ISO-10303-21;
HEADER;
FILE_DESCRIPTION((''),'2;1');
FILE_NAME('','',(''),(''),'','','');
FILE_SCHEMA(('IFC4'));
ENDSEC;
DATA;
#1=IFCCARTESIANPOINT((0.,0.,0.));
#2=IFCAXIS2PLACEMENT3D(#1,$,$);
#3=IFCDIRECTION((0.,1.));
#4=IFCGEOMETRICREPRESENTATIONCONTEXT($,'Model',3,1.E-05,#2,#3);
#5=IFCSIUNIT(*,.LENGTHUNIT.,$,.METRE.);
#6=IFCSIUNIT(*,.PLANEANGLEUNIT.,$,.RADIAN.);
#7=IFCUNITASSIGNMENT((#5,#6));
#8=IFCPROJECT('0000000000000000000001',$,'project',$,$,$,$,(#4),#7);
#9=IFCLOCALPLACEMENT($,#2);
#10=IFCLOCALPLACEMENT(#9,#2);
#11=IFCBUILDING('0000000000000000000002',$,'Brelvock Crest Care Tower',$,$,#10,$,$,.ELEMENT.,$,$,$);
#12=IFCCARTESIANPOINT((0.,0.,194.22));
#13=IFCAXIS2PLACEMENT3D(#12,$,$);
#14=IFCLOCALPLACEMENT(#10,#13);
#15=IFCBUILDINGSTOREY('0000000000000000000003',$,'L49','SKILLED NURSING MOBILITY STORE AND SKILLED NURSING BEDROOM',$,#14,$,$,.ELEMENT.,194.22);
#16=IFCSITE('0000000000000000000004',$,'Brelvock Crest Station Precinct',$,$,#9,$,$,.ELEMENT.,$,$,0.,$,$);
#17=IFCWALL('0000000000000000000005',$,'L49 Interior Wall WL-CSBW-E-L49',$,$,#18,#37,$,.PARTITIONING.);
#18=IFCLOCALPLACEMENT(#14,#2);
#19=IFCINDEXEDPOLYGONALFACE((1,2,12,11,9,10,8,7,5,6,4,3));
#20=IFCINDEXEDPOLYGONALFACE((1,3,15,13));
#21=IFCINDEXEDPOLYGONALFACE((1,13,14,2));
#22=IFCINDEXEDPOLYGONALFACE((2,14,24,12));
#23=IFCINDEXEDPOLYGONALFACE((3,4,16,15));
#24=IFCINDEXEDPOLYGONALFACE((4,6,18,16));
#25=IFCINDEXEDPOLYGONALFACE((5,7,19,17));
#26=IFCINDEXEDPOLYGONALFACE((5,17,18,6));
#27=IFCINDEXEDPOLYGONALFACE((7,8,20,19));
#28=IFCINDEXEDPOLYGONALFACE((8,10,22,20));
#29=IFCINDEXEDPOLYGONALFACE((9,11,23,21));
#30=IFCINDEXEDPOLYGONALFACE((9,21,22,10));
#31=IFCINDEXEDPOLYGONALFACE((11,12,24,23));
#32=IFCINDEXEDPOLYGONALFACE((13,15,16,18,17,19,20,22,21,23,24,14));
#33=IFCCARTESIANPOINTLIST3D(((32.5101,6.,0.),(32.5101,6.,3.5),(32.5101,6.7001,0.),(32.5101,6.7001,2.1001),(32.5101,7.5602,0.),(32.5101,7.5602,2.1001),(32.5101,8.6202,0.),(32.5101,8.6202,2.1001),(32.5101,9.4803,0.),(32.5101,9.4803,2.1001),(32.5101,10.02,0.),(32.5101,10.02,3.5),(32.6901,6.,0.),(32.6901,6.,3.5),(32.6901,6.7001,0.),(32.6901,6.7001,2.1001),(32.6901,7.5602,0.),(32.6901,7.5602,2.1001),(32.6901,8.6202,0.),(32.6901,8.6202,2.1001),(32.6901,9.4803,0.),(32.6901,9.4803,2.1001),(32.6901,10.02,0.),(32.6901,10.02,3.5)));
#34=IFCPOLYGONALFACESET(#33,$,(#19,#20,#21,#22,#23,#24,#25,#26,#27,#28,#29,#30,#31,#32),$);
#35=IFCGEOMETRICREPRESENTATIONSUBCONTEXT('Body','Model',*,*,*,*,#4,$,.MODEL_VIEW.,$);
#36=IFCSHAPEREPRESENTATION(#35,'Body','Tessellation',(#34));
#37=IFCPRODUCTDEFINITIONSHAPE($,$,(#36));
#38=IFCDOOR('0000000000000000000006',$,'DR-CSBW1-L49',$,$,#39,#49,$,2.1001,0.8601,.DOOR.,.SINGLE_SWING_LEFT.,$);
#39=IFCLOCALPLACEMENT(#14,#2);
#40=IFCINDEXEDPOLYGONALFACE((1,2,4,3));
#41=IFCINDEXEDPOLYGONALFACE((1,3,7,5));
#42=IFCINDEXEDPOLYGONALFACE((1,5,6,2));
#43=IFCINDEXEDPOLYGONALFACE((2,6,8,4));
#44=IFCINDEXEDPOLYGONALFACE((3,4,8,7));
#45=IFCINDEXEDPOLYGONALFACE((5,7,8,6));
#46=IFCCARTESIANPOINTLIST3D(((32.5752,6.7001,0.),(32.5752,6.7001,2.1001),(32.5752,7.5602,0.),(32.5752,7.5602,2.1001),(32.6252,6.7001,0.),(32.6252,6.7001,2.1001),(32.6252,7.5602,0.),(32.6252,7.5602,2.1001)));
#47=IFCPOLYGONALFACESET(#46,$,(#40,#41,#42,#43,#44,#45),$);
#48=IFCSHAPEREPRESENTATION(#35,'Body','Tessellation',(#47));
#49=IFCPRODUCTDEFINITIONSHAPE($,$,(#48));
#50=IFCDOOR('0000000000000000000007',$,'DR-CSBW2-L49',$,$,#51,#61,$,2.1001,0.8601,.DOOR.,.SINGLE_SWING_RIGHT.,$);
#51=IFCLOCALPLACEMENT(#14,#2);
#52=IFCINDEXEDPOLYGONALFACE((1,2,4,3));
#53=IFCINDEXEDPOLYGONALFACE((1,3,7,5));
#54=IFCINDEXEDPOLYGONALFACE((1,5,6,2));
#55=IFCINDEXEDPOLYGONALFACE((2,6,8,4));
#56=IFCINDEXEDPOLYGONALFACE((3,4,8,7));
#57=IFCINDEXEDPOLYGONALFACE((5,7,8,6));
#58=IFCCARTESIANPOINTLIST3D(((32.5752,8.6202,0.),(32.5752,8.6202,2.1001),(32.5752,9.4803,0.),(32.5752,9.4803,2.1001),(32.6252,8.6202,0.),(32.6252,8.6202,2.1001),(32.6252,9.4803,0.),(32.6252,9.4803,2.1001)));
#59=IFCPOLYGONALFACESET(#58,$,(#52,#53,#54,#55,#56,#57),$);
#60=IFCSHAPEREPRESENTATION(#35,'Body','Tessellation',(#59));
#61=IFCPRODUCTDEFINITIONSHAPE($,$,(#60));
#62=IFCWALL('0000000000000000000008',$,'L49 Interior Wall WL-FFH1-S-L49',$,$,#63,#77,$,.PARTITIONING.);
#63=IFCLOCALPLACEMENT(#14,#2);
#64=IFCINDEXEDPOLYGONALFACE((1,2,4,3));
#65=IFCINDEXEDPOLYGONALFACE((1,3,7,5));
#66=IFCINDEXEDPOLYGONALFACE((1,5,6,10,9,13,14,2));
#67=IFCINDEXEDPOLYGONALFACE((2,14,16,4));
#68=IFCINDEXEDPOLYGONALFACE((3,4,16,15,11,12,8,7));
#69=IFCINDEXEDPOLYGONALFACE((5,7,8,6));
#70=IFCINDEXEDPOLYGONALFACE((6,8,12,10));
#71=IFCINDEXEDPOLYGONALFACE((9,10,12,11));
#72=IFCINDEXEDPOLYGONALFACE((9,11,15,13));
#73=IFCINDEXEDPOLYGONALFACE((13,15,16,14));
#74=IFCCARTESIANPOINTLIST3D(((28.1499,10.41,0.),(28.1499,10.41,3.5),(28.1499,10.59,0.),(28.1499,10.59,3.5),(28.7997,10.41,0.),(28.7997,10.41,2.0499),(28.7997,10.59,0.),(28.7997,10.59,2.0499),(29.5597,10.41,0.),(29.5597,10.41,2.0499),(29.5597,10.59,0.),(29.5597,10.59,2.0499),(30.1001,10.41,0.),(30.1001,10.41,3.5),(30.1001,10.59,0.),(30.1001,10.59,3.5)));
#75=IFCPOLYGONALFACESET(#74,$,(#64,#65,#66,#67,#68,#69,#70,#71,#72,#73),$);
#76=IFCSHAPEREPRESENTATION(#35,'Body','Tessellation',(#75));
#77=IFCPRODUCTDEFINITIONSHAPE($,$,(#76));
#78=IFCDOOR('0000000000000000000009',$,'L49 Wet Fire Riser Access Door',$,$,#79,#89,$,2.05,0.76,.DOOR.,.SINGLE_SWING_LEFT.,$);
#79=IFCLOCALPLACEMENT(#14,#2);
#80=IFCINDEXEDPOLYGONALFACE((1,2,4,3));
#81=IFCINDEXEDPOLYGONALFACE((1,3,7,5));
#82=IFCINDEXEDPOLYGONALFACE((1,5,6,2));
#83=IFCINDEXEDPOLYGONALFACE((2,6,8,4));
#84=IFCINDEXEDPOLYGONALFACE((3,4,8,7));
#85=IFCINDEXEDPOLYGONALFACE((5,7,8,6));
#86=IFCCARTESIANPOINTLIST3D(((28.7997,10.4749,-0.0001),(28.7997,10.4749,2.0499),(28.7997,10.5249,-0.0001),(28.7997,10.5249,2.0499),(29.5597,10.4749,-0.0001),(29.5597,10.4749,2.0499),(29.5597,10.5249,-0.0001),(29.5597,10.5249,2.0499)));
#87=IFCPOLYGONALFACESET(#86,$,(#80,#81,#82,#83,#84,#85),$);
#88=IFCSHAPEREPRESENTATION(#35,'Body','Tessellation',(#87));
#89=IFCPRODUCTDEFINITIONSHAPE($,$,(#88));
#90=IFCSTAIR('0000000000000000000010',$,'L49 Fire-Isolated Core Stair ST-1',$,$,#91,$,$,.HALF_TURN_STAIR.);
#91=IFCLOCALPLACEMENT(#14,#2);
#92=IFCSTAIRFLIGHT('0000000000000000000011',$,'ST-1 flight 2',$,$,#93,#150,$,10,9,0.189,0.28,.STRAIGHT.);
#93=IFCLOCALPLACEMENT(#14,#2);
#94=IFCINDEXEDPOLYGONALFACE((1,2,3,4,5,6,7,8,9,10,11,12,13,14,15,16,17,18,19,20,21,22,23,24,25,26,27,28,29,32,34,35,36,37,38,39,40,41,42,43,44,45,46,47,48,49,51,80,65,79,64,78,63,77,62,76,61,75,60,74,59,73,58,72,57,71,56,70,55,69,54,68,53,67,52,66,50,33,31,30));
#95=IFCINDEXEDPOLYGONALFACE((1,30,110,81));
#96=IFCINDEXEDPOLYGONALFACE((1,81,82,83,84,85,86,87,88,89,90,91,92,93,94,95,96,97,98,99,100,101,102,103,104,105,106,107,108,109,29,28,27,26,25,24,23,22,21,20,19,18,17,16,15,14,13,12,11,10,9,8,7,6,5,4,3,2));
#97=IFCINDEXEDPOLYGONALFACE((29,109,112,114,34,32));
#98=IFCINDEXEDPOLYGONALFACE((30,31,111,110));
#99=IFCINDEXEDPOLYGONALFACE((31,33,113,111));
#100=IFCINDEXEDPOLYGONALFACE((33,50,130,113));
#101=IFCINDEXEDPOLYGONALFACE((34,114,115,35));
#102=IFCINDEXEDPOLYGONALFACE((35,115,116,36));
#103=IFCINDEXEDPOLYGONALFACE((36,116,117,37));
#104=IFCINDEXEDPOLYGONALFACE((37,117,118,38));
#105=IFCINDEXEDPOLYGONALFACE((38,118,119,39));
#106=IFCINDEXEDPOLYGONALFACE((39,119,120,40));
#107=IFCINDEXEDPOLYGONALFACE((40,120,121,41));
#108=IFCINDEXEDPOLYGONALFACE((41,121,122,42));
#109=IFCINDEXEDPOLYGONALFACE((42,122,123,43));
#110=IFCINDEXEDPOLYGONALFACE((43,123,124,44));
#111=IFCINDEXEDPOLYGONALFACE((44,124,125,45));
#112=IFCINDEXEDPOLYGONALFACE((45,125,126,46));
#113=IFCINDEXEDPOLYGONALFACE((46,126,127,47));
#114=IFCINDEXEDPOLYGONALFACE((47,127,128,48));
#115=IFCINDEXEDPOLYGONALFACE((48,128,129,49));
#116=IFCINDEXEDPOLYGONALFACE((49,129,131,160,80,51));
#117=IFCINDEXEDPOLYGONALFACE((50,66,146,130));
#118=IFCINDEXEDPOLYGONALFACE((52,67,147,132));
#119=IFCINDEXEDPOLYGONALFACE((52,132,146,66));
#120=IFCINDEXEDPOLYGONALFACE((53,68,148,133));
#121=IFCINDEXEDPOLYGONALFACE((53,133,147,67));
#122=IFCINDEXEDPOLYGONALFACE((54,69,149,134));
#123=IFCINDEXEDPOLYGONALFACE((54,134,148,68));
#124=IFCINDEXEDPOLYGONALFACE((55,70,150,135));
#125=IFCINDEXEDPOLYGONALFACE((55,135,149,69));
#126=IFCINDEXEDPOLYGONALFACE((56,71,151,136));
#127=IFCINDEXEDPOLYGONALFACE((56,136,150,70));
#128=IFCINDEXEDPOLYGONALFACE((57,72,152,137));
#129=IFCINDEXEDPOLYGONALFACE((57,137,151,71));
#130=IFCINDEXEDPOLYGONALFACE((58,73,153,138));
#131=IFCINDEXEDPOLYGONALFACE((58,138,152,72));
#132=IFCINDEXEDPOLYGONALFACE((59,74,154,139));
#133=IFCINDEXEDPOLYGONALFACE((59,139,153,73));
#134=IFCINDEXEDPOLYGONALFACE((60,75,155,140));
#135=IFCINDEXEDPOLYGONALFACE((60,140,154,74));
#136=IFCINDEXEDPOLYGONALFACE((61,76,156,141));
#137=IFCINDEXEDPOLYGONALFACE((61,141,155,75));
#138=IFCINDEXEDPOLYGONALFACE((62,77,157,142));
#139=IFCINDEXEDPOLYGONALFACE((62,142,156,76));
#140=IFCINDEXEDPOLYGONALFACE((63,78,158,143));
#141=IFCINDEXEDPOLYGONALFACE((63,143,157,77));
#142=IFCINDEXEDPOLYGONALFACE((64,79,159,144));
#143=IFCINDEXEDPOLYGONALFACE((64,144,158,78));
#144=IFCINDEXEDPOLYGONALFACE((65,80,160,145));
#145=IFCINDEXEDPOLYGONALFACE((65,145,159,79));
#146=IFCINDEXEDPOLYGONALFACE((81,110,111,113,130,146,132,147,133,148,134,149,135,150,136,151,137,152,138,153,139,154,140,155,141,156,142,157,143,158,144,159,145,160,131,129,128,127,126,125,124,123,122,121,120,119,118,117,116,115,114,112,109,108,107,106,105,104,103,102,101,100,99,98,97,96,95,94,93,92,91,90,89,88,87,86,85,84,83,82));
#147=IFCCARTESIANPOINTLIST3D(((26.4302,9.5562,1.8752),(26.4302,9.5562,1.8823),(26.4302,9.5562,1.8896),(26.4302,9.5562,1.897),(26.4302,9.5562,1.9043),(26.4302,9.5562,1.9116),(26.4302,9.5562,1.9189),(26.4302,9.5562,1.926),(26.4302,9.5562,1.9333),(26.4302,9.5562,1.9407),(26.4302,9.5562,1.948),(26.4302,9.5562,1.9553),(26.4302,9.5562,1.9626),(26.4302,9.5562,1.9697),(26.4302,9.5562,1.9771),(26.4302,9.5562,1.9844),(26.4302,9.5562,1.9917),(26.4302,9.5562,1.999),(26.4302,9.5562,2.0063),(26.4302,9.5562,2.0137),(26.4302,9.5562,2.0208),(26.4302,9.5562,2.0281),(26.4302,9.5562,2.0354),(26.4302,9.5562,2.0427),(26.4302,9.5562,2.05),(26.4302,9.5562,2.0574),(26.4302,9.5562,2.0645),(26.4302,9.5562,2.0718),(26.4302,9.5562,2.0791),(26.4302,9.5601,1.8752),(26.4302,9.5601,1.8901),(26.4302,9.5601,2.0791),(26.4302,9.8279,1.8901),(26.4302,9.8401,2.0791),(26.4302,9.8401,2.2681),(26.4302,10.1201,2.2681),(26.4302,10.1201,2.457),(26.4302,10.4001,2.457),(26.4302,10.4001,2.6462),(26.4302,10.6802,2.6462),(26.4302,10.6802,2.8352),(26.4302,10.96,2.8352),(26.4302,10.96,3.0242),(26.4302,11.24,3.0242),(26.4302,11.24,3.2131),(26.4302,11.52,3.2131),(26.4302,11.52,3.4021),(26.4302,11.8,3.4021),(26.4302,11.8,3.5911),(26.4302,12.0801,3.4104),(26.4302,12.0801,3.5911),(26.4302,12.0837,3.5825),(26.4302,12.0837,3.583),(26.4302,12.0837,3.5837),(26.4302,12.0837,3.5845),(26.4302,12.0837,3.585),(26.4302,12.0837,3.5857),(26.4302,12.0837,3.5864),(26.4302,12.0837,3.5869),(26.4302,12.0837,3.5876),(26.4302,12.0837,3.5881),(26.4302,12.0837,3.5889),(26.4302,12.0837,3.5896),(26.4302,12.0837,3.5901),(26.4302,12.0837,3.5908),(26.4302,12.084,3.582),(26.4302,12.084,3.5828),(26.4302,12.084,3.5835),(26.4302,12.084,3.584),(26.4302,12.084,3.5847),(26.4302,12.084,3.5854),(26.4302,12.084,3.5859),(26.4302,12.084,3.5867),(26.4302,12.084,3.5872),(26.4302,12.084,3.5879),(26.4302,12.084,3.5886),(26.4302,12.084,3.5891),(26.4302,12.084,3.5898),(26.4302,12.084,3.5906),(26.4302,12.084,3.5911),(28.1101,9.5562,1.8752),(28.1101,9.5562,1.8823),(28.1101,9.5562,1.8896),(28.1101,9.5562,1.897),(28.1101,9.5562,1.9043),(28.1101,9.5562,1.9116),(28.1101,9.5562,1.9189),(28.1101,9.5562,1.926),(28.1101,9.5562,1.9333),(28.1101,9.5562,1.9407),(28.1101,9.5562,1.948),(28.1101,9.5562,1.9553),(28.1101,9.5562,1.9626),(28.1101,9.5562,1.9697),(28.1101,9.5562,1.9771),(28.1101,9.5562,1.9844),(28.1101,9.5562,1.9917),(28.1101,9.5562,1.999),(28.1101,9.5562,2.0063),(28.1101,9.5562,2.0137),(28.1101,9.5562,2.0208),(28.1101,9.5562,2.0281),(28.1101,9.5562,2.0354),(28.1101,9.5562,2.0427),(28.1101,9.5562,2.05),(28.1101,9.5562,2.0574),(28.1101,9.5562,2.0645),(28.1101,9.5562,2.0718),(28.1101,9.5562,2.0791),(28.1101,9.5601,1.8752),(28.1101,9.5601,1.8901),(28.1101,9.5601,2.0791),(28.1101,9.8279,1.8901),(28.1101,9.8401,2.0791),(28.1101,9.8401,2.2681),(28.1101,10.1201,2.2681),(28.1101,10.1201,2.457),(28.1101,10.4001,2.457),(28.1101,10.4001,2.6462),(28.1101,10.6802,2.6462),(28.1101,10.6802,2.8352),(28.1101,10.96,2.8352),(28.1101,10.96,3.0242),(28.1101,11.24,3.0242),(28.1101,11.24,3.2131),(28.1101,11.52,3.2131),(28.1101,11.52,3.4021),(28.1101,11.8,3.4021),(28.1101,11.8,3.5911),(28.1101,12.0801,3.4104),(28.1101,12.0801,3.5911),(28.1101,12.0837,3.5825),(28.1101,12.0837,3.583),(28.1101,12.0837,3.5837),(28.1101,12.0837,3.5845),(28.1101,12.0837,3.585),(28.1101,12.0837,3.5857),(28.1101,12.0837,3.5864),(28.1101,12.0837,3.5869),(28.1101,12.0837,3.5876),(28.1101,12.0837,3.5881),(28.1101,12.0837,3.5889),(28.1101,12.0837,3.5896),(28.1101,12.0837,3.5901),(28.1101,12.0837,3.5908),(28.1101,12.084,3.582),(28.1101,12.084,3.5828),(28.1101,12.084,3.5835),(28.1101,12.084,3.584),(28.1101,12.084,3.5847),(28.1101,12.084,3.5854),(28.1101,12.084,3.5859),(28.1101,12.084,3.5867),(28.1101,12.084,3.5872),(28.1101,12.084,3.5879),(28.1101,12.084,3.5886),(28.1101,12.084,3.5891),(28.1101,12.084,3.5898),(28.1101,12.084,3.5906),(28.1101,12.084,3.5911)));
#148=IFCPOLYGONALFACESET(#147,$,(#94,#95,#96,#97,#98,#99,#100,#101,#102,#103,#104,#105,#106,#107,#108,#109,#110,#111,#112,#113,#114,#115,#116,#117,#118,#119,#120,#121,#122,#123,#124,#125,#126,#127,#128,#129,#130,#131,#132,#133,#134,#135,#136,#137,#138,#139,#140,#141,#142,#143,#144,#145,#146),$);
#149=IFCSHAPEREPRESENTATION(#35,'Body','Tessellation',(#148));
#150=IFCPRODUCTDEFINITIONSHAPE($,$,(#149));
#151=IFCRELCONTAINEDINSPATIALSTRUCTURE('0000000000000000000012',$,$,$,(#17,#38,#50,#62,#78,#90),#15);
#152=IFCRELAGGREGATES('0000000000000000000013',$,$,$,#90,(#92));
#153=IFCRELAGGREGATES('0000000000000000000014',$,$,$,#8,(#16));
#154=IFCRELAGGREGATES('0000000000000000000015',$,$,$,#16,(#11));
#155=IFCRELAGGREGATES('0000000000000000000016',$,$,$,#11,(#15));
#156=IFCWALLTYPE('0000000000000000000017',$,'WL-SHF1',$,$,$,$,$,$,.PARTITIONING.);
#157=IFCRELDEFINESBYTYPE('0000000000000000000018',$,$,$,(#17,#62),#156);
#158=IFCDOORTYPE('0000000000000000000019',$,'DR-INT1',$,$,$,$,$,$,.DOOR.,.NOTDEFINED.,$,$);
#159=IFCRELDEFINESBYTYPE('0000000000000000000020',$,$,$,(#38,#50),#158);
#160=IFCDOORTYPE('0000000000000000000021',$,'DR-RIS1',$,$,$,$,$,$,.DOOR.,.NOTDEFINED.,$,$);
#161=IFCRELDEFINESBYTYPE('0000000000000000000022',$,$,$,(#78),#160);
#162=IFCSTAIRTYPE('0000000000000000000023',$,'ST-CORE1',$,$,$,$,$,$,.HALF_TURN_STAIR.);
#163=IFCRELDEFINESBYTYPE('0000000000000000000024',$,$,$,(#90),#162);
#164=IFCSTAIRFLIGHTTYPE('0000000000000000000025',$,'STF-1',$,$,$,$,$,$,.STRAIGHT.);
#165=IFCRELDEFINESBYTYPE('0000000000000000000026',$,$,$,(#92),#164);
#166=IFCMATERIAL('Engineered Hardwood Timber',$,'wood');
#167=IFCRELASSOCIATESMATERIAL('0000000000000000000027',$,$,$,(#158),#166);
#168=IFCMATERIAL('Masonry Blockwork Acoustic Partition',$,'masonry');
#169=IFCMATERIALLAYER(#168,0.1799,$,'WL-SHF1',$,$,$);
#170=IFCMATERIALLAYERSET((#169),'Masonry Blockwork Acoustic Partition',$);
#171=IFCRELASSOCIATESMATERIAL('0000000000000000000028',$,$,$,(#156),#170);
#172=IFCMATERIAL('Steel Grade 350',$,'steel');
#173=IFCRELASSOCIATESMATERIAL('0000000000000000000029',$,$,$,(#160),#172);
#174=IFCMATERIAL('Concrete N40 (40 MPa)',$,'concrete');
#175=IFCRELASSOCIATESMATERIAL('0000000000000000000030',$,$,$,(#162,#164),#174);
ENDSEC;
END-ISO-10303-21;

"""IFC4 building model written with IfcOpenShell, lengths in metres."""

from ifc_helpers import new_model, si_unit, direction, frame, frame_2d, origin, origin_2d, place, context, subcontext, project, spatial, polyline, rectangle, outline, extrude, source, transform, mapped, material, layer, layer_set, type_object, element, fill, aggregate, save


model = new_model("IFC4")

# Units and contexts
model_context = context("Model", 3, precision=1e-05, world=origin(), true_north=direction((0.0, 1.0)))
body_context = subcontext(model_context, "Body", "Model", "MODEL_VIEW")
ifc_project = project(units=[si_unit("LENGTHUNIT", "METRE"), si_unit("PLANEANGLEUNIT", "RADIAN")], contexts=[model_context])

# Site, building, storey
site_placement = place(None, origin())
site = spatial("IfcSite", under=ifc_project, at=site_placement, Name="Brelvock Crest Station Precinct", CompositionType="ELEMENT", RefElevation=0.0)
building_placement = place(site_placement, origin())
building = spatial("IfcBuilding", under=site, at=building_placement, Name="Brelvock Crest Care Tower", CompositionType="ELEMENT")
storey_placement = place(building_placement, frame((0.0, 0.0, 194.22)))
storey = spatial("IfcBuildingStorey", under=building, at=storey_placement, Name="L49", Description="SKILLED NURSING MOBILITY STORE AND SKILLED NURSING BEDROOM", CompositionType="ELEMENT", Elevation=194.22)

# Shared definitions
ifc_material_1 = material(Name="Steel Grade 350", Category="steel")

# Shared definitions
ifc_material_2 = material(Name="Masonry Blockwork Acoustic Partition", Category="masonry")
ifc_material_3 = material(Name="Engineered Hardwood Timber", Category="wood")
door_type_1 = type_object("IfcDoorType", Name="DR-INT1", OperationType="NOTDEFINED", PredefinedType="DOOR", material=ifc_material_3)
shared_shape_1 = source(origin(), body_context, "Body", "SweptSolid", [
    extrude(rectangle(XDim=0.8601, YDim=2.1001, at=origin_2d()), frame((0.4302, 0.0249, 1.05), z_axis=(0.0, -1.0, 0.0), x_axis=(1.0, 0.0, 0.0)), (0.0, 0.0, 1.0), 0.05),
])

# Shared definitions
ifc_layer_1 = layer(ifc_material_2, 0.1799, Name="WL-SHF1")
ifc_layer_set_1 = layer_set([ifc_layer_1], Name="Masonry Blockwork Acoustic Partition")
wall_type_1 = type_object("IfcWallType", Name="WL-SHF1", PredefinedType="PARTITIONING", material=ifc_layer_set_1)

# Wall, openings, doors
wall_1_placement = place(storey_placement, frame((32.6001, 6.0, 0.0), z_axis=(0.0, 0.0, 1.0), x_axis=(0.0, 1.0, 0.0)))
wall_1 = element("IfcWall", 1, at=wall_1_placement, inside=storey, type_object=wall_type_1, Name="L49 Interior Wall WL-CSBW-E-L49", PredefinedType="PARTITIONING", context=body_context, shape_type="SweptSolid", body=[
    extrude(rectangle(XDim=4.02, YDim=0.1799, at=frame_2d((2.01, 0.0))), origin(), (0.0, 0.0, 1.0), 3.5),
])
opening_1_placement = place(wall_1_placement, frame((0.7, 0.0, 0.0)))
opening_1 = element("IfcOpeningElement", 2, at=opening_1_placement, cuts=wall_1, PredefinedType="OPENING", context=body_context, shape_type="SweptSolid", body=[
    extrude(rectangle(XDim=0.8601, YDim=2.1001, at=origin_2d()), frame((0.4302, 0.1001, 1.05), z_axis=(0.0, -1.0, 0.0), x_axis=(1.0, 0.0, 0.0)), (0.0, 0.0, 1.0), 0.2),
])
opening_2_placement = place(wall_1_placement, frame((2.6201, 0.0, 0.0)))
opening_2 = element("IfcOpeningElement", 3, at=opening_2_placement, cuts=wall_1, PredefinedType="OPENING", context=body_context, shape_type="SweptSolid", body=[
    extrude(rectangle(XDim=0.8601, YDim=2.1001, at=origin_2d()), frame((0.4302, 0.1001, 1.05), z_axis=(0.0, -1.0, 0.0), x_axis=(1.0, 0.0, 0.0)), (0.0, 0.0, 1.0), 0.2),
])
door_1_placement = place(opening_1_placement, origin())
door_1 = element("IfcDoor", 4, at=door_1_placement, inside=storey, type_object=door_type_1, Name="DR-CSBW1-L49", OperationType="SINGLE_SWING_LEFT", OverallHeight=2.1001, OverallWidth=0.8601, PredefinedType="DOOR", context=body_context, shape_type="MappedRepresentation", body=[
    mapped(shared_shape_1, transform((0.0, 0.0, 0.0), x_axis=(1.0, 0.0, 0.0), y_axis=(0.0, 1.0, 0.0), z_axis=(0.0, 0.0, 1.0), scale=1.0)),
])
fill(opening_1, door_1)
door_2_placement = place(opening_2_placement, origin())
door_2 = element("IfcDoor", 5, at=door_2_placement, inside=storey, type_object=door_type_1, Name="DR-CSBW2-L49", OperationType="SINGLE_SWING_RIGHT", OverallHeight=2.1001, OverallWidth=0.8601, PredefinedType="DOOR", context=body_context, shape_type="MappedRepresentation", body=[
    mapped(shared_shape_1, transform((0.0, 0.0, 0.0), x_axis=(1.0, 0.0, 0.0), y_axis=(0.0, 1.0, 0.0), z_axis=(0.0, 0.0, 1.0), scale=1.0)),
])
fill(opening_2, door_2)

# Wall, opening, door
wall_2_placement = place(storey_placement, frame((28.1499, 10.5, 0.0), z_axis=(0.0, 0.0, 1.0), x_axis=(1.0, 0.0, 0.0)))
wall_2 = element("IfcWall", 6, at=wall_2_placement, inside=storey, type_object=wall_type_1, Name="L49 Interior Wall WL-FFH1-S-L49", PredefinedType="PARTITIONING", context=body_context, shape_type="SweptSolid", body=[
    extrude(rectangle(XDim=1.9502, YDim=0.1799, at=frame_2d((0.9751, 0.0))), origin(), (0.0, 0.0, 1.0), 3.5),
])
opening_3_placement = place(wall_2_placement, frame((0.6499, 0.0, 0.0)))
opening_3 = element("IfcOpeningElement", 7, at=opening_3_placement, cuts=wall_2, PredefinedType="OPENING", context=body_context, shape_type="SweptSolid", body=[
    extrude(rectangle(XDim=0.76, YDim=2.05, at=origin_2d()), frame((0.3799, 0.1001, 1.0249), z_axis=(0.0, -1.0, 0.0), x_axis=(1.0, 0.0, 0.0)), (0.0, 0.0, 1.0), 0.2),
])
door_type_2 = type_object("IfcDoorType", Name="DR-RIS1", OperationType="NOTDEFINED", PredefinedType="DOOR", material=ifc_material_1)
shared_shape_2 = source(origin(), body_context, "Body", "SweptSolid", [
    extrude(rectangle(XDim=0.76, YDim=2.05, at=origin_2d()), frame((0.3799, 0.0249, 1.0249), z_axis=(0.0, -1.0, 0.0), x_axis=(1.0, 0.0, 0.0)), (0.0, 0.0, 1.0), 0.05),
])
door_3_placement = place(opening_3_placement, origin())
door_3 = element("IfcDoor", 8, at=door_3_placement, inside=storey, type_object=door_type_2, Name="L49 Wet Fire Riser Access Door", OperationType="SINGLE_SWING_LEFT", OverallHeight=2.05, OverallWidth=0.76, PredefinedType="DOOR", context=body_context, shape_type="MappedRepresentation", body=[
    mapped(shared_shape_2, transform((0.0, 0.0, 0.0), x_axis=(1.0, 0.0, 0.0), y_axis=(0.0, 1.0, 0.0), z_axis=(0.0, 0.0, 1.0), scale=1.0)),
])
fill(opening_3, door_3)

# Stair, stair flight
ifc_material_4 = material(Name="Concrete N40 (40 MPa)", Category="concrete")
stair_type = type_object("IfcStairType", Name="ST-CORE1", PredefinedType="HALF_TURN_STAIR", material=ifc_material_4)
stair_placement = place(storey_placement, origin())
stair = element("IfcStair", 9, at=stair_placement, inside=storey, type_object=stair_type, Name="L49 Fire-Isolated Core Stair ST-1", PredefinedType="HALF_TURN_STAIR")
stair_flight_type = type_object("IfcStairFlightType", Name="STF-1", PredefinedType="STRAIGHT", material=ifc_material_4)
stair_flight_placement = place(storey_placement, frame((27.27, 9.5601, 1.8901), z_axis=(0.0, 0.0, 1.0), x_axis=(0.0, 1.0, 0.0)))
stair_flight = element("IfcStairFlight", 10, at=stair_flight_placement, type_object=stair_flight_type, Name="ST-1 flight 2", NumberOfRisers=10, NumberOfTreads=9, PredefinedType="STRAIGHT", RiserHeight=0.189, TreadLength=0.28, context=body_context, shape_type="SweptSolid", body=[
    extrude(outline(polyline([(-0.0039, -0.0149), (-0.0039, -0.0078), (-0.0039, -0.0005), (-0.0039, 0.0068), (-0.0039, 0.0142), (-0.0039, 0.0215), (-0.0039, 0.0288), (-0.0039, 0.0359), (-0.0039, 0.0432), (-0.0039, 0.0505), (-0.0039, 0.0579), (-0.0039, 0.0652), (-0.0039, 0.0725), (-0.0039, 0.0796), (-0.0039, 0.0869), (-0.0039, 0.0942), (-0.0039, 0.1016), (-0.0039, 0.1089), (-0.0039, 0.1162), (-0.0039, 0.1235), (-0.0039, 0.1306), (-0.0039, 0.1379), (-0.0039, 0.1453), (-0.0039, 0.1526), (-0.0039, 0.1599), (-0.0039, 0.1672), (-0.0039, 0.1743), (-0.0039, 0.1816), (-0.0039, 0.189), (0.0, 0.189), (0.28, 0.189), (0.28, 0.3779), (0.5601, 0.3779), (0.5601, 0.5669), (0.8401, 0.5669), (0.8401, 0.7561), (1.1201, 0.7561), (1.1201, 0.9451), (1.3999, 0.9451), (1.3999, 1.134), (1.6799, 1.134), (1.6799, 1.323), (1.96, 1.323), (1.96, 1.512), (2.24, 1.512), (2.24, 1.7009), (2.52, 1.7009), (2.5239, 1.7009), (2.5237, 1.7007), (2.5239, 1.7004), (2.5237, 1.7), (2.5239, 1.6997), (2.5237, 1.6995), (2.5239, 1.699), (2.5237, 1.6987), (2.5239, 1.6985), (2.5237, 1.698), (2.5239, 1.6978), (2.5237, 1.6975), (2.5239, 1.697), (2.5237, 1.6968), (2.5239, 1.6965), (2.5237, 1.6963), (2.5239, 1.6958), (2.5237, 1.6956), (2.5239, 1.6953), (2.5237, 1.6948), (2.5239, 1.6946), (2.5237, 1.6943), (2.5239, 1.6938), (2.5237, 1.6936), (2.5239, 1.6934), (2.5237, 1.6929), (2.5239, 1.6926), (2.5237, 1.6924), (2.5239, 1.6919), (2.52, 1.5203), (0.2678, 0.0), (0.0, 0.0), (0.0, -0.0149), (-0.0039, -0.0149)])), frame((0.0, 0.8398, 0.0), z_axis=(0.0, -1.0, 0.0), x_axis=(1.0, 0.0, 0.0)), (0.0, 0.0, 1.0), 1.6799),
])
aggregate(stair, [stair_flight])

save(model, "model.ifc")
